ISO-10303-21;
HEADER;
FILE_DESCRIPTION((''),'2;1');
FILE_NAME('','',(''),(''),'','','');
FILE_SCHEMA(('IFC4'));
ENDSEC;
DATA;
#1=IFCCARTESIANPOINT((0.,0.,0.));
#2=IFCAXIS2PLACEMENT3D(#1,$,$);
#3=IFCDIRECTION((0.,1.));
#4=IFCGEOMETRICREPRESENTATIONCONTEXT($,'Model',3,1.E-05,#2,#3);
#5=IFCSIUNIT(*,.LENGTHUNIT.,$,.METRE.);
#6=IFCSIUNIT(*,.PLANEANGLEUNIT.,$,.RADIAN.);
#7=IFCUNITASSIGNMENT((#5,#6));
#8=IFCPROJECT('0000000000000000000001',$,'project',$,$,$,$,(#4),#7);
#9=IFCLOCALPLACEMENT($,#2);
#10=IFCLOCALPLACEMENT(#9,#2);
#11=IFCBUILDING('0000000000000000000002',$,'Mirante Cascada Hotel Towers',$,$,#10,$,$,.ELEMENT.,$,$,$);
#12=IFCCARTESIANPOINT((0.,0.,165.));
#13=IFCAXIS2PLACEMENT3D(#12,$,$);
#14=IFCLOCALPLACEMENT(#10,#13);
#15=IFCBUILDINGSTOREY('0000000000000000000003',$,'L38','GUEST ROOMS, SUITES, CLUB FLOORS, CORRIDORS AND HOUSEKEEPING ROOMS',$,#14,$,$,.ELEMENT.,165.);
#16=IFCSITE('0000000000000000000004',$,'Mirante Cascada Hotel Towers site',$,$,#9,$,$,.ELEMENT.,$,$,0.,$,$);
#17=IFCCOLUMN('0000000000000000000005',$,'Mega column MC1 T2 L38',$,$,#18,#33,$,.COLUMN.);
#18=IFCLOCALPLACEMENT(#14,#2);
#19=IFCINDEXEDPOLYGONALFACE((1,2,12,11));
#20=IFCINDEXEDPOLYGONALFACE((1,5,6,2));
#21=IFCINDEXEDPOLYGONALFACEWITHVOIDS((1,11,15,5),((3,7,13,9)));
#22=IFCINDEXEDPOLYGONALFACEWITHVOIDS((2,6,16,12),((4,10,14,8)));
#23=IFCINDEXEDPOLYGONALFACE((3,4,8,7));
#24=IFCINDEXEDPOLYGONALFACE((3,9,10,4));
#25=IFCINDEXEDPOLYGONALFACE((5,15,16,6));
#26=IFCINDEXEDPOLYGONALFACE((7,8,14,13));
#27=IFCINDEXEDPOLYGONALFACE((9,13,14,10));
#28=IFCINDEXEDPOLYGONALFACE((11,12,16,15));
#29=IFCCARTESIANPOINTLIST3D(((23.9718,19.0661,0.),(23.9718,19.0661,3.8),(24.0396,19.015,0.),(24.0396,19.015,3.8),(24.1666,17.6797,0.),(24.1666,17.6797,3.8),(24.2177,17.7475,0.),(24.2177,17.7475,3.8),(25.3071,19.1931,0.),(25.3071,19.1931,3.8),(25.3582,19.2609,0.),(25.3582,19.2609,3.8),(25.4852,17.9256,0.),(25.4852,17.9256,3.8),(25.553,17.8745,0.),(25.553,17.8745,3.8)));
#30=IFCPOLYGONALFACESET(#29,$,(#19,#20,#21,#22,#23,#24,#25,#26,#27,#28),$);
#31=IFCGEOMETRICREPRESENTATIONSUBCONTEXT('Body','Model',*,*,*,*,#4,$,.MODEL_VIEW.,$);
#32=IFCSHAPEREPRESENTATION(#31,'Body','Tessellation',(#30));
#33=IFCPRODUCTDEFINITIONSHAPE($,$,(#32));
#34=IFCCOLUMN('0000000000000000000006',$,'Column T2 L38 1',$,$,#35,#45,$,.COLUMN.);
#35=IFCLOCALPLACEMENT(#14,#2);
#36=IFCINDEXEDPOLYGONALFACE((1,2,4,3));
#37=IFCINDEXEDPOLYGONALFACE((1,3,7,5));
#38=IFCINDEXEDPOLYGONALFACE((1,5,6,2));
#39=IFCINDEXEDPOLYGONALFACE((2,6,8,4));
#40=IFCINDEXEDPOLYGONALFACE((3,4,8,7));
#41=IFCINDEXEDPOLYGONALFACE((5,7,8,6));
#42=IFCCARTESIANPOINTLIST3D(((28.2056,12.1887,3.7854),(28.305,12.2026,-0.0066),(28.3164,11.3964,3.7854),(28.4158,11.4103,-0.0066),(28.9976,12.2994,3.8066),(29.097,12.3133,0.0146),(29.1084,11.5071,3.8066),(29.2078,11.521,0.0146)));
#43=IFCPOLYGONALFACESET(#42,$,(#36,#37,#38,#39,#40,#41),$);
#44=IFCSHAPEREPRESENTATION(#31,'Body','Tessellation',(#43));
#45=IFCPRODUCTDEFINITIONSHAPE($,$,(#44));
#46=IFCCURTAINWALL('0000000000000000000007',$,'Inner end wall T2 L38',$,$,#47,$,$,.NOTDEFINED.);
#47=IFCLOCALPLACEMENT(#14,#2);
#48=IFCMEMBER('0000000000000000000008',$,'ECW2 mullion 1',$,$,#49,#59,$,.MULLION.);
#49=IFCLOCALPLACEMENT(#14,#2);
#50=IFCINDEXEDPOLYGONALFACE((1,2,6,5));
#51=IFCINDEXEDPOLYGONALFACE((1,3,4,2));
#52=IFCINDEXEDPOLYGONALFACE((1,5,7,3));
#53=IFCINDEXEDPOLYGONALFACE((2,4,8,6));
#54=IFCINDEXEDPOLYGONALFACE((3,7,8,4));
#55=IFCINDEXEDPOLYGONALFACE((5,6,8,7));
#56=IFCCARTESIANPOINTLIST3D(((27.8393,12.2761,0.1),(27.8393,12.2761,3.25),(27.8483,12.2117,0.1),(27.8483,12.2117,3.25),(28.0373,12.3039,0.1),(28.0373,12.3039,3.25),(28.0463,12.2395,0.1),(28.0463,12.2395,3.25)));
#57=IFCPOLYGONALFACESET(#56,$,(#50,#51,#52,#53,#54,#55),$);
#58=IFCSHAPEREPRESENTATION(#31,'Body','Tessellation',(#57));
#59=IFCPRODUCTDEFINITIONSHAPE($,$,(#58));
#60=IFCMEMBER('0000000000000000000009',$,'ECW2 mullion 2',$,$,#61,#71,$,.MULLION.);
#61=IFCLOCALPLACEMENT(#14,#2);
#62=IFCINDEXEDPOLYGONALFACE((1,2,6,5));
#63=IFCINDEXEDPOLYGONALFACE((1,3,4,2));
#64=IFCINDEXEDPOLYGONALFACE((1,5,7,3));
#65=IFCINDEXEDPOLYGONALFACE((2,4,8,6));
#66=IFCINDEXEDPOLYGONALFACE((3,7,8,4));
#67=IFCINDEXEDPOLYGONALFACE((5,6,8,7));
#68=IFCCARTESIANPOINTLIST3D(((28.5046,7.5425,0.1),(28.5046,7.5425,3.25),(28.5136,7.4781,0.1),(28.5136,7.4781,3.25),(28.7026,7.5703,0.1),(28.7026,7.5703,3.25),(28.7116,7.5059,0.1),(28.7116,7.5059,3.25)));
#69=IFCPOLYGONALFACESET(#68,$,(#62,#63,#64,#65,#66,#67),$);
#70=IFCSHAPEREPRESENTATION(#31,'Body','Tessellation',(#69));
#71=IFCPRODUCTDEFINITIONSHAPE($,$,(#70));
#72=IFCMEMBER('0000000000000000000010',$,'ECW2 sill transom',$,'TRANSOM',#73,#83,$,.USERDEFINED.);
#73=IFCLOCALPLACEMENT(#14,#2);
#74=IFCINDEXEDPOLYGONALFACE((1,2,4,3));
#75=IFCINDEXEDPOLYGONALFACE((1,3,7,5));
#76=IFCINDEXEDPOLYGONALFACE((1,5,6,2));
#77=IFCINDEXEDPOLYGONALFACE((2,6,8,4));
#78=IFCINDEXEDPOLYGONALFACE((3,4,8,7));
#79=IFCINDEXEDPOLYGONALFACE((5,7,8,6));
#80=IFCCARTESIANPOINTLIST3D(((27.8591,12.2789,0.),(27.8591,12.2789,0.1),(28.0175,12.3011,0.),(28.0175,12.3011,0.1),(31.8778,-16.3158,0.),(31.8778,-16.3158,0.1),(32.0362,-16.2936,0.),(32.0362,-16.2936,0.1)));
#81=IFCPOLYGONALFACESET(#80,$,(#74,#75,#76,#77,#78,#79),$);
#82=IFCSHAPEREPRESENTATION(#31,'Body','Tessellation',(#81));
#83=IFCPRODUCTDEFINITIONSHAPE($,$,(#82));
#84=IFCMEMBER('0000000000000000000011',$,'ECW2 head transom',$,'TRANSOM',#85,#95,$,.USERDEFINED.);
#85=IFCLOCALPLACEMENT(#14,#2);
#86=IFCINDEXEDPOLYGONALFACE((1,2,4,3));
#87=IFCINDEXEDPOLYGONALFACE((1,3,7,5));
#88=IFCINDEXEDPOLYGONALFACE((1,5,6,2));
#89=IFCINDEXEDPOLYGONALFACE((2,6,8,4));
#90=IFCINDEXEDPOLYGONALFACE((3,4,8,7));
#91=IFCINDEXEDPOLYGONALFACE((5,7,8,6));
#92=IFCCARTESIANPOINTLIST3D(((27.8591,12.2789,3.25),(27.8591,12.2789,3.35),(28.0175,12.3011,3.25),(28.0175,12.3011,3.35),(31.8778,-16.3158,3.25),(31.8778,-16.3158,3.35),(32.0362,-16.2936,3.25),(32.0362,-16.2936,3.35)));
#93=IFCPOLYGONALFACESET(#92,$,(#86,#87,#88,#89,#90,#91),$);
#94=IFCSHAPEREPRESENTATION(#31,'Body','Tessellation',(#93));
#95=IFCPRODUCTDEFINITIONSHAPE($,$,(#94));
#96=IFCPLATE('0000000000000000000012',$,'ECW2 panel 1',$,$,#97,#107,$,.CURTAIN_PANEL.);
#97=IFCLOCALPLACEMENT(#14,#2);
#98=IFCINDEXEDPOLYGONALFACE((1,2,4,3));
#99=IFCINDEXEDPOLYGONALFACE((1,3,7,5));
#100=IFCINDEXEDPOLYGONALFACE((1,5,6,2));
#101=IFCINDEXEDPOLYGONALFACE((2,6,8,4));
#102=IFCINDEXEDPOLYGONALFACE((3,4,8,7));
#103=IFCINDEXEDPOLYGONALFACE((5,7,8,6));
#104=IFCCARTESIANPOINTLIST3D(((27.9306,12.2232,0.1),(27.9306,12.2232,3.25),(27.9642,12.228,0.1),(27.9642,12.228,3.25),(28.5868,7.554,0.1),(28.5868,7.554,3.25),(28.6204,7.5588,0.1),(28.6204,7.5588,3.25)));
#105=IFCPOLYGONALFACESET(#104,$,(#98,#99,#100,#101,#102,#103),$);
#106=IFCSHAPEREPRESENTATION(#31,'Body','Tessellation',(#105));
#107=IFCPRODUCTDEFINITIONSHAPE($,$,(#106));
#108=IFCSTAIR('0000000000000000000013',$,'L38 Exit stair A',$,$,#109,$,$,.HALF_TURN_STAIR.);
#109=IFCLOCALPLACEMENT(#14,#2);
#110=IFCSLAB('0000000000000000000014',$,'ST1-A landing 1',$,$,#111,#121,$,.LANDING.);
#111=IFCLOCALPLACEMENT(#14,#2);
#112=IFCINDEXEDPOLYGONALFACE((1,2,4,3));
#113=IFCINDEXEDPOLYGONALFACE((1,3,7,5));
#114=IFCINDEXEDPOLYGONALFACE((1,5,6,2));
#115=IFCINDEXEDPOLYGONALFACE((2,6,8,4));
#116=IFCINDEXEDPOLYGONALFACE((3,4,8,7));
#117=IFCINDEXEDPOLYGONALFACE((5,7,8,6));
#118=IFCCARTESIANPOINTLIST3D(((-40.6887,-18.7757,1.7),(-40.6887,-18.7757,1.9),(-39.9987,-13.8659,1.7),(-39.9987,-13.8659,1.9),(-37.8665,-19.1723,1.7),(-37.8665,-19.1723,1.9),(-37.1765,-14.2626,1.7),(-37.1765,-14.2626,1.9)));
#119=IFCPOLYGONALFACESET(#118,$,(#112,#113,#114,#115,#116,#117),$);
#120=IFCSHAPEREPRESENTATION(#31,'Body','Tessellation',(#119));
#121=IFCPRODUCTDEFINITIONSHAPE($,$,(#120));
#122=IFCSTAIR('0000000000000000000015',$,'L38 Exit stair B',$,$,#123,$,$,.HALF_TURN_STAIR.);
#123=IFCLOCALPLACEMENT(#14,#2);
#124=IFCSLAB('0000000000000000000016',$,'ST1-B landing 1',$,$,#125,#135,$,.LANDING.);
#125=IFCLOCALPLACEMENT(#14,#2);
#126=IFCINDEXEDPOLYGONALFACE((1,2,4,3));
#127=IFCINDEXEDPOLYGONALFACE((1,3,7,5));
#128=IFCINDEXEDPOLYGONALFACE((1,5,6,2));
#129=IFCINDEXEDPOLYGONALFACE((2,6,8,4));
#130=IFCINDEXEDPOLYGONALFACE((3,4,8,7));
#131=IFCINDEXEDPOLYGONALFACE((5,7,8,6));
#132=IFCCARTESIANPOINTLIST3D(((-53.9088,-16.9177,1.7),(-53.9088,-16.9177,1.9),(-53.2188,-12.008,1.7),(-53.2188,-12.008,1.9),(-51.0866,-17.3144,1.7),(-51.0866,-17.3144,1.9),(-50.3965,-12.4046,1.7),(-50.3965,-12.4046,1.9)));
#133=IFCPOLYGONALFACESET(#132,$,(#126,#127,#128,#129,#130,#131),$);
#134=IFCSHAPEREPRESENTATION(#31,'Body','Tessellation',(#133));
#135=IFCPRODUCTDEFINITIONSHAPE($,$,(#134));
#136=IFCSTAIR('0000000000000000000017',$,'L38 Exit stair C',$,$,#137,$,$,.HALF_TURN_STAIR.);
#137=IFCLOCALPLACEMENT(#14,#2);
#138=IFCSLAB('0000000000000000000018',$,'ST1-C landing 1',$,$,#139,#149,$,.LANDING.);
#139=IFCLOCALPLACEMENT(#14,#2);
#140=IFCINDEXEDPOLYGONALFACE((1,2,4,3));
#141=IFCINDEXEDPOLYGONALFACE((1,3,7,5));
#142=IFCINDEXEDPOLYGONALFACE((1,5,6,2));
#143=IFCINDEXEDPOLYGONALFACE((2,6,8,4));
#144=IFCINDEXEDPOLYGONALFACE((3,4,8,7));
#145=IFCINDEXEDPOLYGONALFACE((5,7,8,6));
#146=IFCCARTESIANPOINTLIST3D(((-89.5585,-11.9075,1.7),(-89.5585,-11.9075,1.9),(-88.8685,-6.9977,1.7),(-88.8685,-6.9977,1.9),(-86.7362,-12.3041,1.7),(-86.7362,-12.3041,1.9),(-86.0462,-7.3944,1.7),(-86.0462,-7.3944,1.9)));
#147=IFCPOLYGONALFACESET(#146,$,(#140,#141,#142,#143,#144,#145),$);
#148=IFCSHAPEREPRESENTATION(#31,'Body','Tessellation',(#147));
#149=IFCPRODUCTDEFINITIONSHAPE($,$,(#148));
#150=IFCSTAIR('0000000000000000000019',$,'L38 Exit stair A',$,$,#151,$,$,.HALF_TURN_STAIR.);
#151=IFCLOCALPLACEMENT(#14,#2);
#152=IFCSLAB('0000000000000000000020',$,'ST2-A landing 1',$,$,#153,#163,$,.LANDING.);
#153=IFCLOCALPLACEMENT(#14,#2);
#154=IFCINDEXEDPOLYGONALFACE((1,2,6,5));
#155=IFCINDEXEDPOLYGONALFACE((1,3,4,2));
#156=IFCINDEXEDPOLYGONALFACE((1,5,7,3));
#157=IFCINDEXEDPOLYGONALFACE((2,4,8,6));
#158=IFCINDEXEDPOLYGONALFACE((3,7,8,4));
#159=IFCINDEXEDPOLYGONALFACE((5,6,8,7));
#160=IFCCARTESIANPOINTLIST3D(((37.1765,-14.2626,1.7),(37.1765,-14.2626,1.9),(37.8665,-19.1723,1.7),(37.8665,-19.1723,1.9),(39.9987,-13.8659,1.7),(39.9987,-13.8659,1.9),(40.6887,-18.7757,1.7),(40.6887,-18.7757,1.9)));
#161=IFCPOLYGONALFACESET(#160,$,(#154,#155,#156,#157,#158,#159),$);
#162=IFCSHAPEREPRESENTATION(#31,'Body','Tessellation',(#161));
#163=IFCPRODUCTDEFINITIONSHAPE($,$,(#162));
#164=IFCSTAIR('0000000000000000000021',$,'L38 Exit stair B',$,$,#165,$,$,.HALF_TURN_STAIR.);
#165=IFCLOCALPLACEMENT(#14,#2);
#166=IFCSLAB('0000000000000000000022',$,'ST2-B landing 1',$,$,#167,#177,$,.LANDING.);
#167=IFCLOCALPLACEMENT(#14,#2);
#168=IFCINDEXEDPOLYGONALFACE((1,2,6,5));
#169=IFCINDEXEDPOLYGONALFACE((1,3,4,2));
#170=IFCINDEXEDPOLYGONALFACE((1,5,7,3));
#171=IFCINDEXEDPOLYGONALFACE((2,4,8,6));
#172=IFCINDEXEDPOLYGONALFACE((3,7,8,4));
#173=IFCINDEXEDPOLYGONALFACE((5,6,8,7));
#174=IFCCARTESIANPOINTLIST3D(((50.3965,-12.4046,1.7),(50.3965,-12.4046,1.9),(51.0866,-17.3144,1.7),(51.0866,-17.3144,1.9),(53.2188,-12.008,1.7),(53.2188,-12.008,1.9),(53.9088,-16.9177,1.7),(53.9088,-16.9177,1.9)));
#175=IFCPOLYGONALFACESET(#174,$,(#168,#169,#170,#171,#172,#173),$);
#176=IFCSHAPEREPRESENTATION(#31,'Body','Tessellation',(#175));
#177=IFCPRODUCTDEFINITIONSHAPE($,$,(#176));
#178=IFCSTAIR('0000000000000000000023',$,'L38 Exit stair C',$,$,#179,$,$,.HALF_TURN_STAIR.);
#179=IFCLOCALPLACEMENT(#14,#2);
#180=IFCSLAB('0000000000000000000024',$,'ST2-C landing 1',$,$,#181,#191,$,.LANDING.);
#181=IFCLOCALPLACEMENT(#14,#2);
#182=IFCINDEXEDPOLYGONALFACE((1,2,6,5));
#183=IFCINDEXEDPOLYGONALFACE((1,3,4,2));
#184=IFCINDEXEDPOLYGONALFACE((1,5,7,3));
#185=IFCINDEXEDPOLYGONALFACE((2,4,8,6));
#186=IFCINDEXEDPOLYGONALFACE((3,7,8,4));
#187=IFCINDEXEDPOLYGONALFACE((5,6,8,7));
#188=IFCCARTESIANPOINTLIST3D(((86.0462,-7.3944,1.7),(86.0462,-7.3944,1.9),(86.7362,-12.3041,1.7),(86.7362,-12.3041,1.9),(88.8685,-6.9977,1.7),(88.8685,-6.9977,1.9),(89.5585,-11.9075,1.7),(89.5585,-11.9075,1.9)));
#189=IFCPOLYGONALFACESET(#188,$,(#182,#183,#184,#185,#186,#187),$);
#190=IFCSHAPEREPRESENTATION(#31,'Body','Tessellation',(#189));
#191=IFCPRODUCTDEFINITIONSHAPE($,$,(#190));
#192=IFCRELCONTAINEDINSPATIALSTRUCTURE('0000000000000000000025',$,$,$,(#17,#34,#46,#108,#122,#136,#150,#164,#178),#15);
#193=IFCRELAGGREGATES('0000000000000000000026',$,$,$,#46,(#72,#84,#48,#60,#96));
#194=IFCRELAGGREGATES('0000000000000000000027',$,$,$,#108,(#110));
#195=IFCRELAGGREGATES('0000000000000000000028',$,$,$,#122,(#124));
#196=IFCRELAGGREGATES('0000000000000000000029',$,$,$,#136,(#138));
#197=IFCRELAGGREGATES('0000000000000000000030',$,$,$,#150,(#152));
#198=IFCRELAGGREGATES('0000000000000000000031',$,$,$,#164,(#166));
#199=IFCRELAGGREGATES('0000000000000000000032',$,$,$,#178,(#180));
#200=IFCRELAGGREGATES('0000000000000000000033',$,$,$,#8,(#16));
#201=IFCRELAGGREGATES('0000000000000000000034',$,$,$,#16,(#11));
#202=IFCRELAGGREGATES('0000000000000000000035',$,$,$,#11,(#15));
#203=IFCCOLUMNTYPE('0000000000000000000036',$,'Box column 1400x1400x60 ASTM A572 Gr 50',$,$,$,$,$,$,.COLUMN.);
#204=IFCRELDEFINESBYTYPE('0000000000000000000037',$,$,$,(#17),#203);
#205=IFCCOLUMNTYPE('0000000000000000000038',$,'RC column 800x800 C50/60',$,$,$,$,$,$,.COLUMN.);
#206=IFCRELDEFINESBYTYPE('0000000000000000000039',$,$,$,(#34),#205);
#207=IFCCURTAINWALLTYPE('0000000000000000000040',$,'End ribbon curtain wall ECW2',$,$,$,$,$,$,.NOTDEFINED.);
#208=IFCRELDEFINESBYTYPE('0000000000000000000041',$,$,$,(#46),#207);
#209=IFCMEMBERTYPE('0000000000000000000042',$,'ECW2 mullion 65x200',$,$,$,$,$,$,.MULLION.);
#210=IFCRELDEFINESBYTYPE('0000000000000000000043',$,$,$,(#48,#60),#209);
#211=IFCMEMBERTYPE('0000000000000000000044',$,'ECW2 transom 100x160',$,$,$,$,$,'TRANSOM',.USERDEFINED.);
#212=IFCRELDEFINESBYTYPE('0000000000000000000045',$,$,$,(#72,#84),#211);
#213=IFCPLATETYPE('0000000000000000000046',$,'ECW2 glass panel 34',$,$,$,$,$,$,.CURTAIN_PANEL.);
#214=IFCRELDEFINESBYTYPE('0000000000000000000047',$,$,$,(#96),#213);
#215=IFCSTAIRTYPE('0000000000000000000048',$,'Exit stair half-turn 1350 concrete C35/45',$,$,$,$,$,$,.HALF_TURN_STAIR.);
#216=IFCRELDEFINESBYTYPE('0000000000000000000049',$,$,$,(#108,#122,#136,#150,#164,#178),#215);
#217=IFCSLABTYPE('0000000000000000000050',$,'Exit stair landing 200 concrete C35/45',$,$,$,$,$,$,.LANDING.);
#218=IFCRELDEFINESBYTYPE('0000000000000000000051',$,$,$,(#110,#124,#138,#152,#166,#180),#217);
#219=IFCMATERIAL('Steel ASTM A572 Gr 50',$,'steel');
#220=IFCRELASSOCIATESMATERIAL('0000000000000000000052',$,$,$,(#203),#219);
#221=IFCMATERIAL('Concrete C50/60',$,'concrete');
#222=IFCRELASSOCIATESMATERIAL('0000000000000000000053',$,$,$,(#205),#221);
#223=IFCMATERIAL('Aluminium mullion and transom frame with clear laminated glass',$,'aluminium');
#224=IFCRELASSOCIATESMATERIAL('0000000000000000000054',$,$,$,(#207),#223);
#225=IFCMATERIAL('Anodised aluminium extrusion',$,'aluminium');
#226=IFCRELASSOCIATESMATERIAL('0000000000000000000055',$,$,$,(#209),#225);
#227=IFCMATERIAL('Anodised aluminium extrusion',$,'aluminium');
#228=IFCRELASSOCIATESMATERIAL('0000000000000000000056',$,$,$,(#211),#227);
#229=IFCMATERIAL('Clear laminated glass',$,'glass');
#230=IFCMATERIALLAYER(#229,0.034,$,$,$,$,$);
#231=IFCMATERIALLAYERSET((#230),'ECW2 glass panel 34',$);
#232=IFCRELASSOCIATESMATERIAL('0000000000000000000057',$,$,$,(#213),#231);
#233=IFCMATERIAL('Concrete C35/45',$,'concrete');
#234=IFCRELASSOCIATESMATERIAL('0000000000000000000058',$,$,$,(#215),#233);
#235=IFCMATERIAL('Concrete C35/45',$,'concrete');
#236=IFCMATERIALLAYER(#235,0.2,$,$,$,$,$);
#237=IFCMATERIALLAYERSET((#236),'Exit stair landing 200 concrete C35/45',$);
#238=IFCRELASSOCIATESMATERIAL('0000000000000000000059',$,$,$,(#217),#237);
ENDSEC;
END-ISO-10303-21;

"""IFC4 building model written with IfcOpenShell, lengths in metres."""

from ifc_helpers import new_model, si_unit, direction, frame, origin, origin_2d, place, context, subcontext, project, spatial, polyline, rectangle, hollow_rectangle, outline, extrude, material, layer, layer_set, material_profile, profile_set, type_object, element, aggregate, save


model = new_model("IFC4")

# Units and contexts
model_context = context("Model", 3, precision=1e-05, world=origin(), true_north=direction((0.0, 1.0)))
body_context = subcontext(model_context, "Body", "Model", "MODEL_VIEW")
ifc_project = project(units=[si_unit("LENGTHUNIT", "METRE"), si_unit("PLANEANGLEUNIT", "RADIAN")], contexts=[model_context])

# Site, building, storey
site_placement = place(None, origin())
site = spatial("IfcSite", under=ifc_project, at=site_placement, Name="Mirante Cascada Hotel Towers site", CompositionType="ELEMENT", RefElevation=0.0)
building_placement = place(site_placement, origin())
building = spatial("IfcBuilding", under=site, at=building_placement, Name="Mirante Cascada Hotel Towers", CompositionType="ELEMENT")
storey_placement = place(building_placement, frame((0.0, 0.0, 165.0)))
storey = spatial("IfcBuildingStorey", under=building, at=storey_placement, Name="L38", Description="GUEST ROOMS, SUITES, CLUB FLOORS, CORRIDORS AND HOUSEKEEPING ROOMS", CompositionType="ELEMENT", Elevation=165.0)

# Columns
ifc_material_1 = material(Name="Steel ASTM A572 Gr 50", Category="steel")
ifc_material_profile_1 = material_profile(ifc_material_1, hollow_rectangle(XDim=1.4, YDim=1.4, WallThickness=0.06, at=origin_2d()), Name="Box column 1400x1400x60 ASTM A572 Gr 50")
ifc_profile_set_1 = profile_set([ifc_material_profile_1], Name="Steel ASTM A572 Gr 50")
column_type_1 = type_object("IfcColumnType", Name="Box column 1400x1400x60 ASTM A572 Gr 50", PredefinedType="COLUMN", material=ifc_profile_set_1)
column_1_placement = place(storey_placement, frame((24.7624, 18.4703, 0.0), z_axis=(0.0, 0.0, 1.0), x_axis=(0.990268, 0.139173, 0.0)))
element("IfcColumn", 1, at=column_1_placement, inside=storey, type_object=column_type_1, Name="Mega column MC1 T2 L38", PredefinedType="COLUMN", context=body_context, shape_type="SweptSolid", body=[
    extrude(hollow_rectangle(XDim=1.4, YDim=1.4, WallThickness=0.06, at=origin_2d()), origin(), (0.0, 0.0, 1.0), 3.8),
])
ifc_material_2 = material(Name="Concrete C50/60", Category="concrete")
ifc_material_profile_2 = material_profile(ifc_material_2, rectangle(XDim=0.8, YDim=0.8, at=origin_2d()), Name="RC column 800x800 C50/60")
ifc_profile_set_2 = profile_set([ifc_material_profile_2], Name="Concrete C50/60")
column_type_2 = type_object("IfcColumnType", Name="RC column 800x800 C50/60", PredefinedType="COLUMN", material=ifc_profile_set_2)
column_2_placement = place(storey_placement, frame((28.7564, 11.8618, 0.004), z_axis=(-0.026204, -0.003664, 0.99965), x_axis=(0.138491, -0.990364, 0.0)))
element("IfcColumn", 2, at=column_2_placement, inside=storey, type_object=column_type_2, Name="Column T2 L38 1", PredefinedType="COLUMN", context=body_context, shape_type="SweptSolid", body=[
    extrude(rectangle(XDim=0.8, YDim=0.8, at=origin_2d()), origin(), (0.0, 0.0, 1.0), 3.7933),
])

# Curtain wall, members, plate
ifc_material_3 = material(Name="Aluminium mullion and transom frame with clear laminated glass", Category="aluminium")
curtain_wall_type = type_object("IfcCurtainWallType", Name="End ribbon curtain wall ECW2", PredefinedType="NOTDEFINED", material=ifc_material_3)
curtain_wall_placement = place(storey_placement, origin())
curtain_wall = element("IfcCurtainWall", 3, at=curtain_wall_placement, inside=storey, type_object=curtain_wall_type, Name="Inner end wall T2 L38", PredefinedType="NOTDEFINED")
ifc_material_4 = material(Name="Anodised aluminium extrusion", Category="aluminium")
ifc_material_profile_3 = material_profile(ifc_material_4, rectangle(XDim=0.2, YDim=0.065, at=origin_2d()), Name="ECW2 MULLION 65x200")
ifc_profile_set_3 = profile_set([ifc_material_profile_3], Name="Anodised aluminium extrusion")
member_type_1 = type_object("IfcMemberType", Name="ECW2 mullion 65x200", PredefinedType="MULLION", material=ifc_profile_set_3)
member_1_placement = place(storey_placement, frame((27.9428, 12.2578, 0.1), z_axis=(0.0, 0.0, 1.0), x_axis=(0.990268, 0.139173, 0.0)))
member_1 = element("IfcMember", 4, at=member_1_placement, type_object=member_type_1, Name="ECW2 mullion 1", PredefinedType="MULLION", context=body_context, shape_type="SweptSolid", body=[
    extrude(rectangle(XDim=0.2, YDim=0.065, at=origin_2d()), origin(), (0.0, 0.0, 1.0), 3.15),
])
member_2_placement = place(storey_placement, frame((28.6081, 7.5242, 0.1), z_axis=(0.0, 0.0, 1.0), x_axis=(0.990268, 0.139173, 0.0)))
member_2 = element("IfcMember", 5, at=member_2_placement, type_object=member_type_1, Name="ECW2 mullion 2", PredefinedType="MULLION", context=body_context, shape_type="SweptSolid", body=[
    extrude(rectangle(XDim=0.2, YDim=0.065, at=origin_2d()), origin(), (0.0, 0.0, 1.0), 3.15),
])
ifc_material_5 = material(Name="Anodised aluminium extrusion", Category="aluminium")
ifc_material_profile_4 = material_profile(ifc_material_5, rectangle(XDim=0.16, YDim=0.1, at=origin_2d()), Name="ECW2 TRANSOM 100x160")
ifc_profile_set_4 = profile_set([ifc_material_profile_4], Name="Anodised aluminium extrusion")
member_type_2 = type_object("IfcMemberType", Name="ECW2 transom 100x160", ElementType="TRANSOM", PredefinedType="USERDEFINED", material=ifc_profile_set_4)
member_3_placement = place(storey_placement, frame((27.9383, 12.29, 0.05), z_axis=(0.139172, -0.990268, 0.0), x_axis=(0.990268, 0.139172, 0.0)))
member_3 = element("IfcMember", 6, at=member_3_placement, type_object=member_type_2, Name="ECW2 sill transom", ObjectType="TRANSOM", PredefinedType="USERDEFINED", context=body_context, shape_type="SweptSolid", body=[
    extrude(rectangle(XDim=0.16, YDim=0.1, at=origin_2d()), origin(), (0.0, 0.0, 1.0), 28.8757),
])
member_4_placement = place(storey_placement, frame((27.9383, 12.29, 3.3), z_axis=(0.139172, -0.990268, 0.0), x_axis=(0.990268, 0.139172, 0.0)))
member_4 = element("IfcMember", 7, at=member_4_placement, type_object=member_type_2, Name="ECW2 head transom", ObjectType="TRANSOM", PredefinedType="USERDEFINED", context=body_context, shape_type="SweptSolid", body=[
    extrude(rectangle(XDim=0.16, YDim=0.1, at=origin_2d()), origin(), (0.0, 0.0, 1.0), 28.8757),
])
ifc_material_6 = material(Name="Clear laminated glass", Category="glass")
ifc_layer_1 = layer(ifc_material_6, 0.034)
ifc_layer_set_1 = layer_set([ifc_layer_1], Name="ECW2 glass panel 34")
plate_type = type_object("IfcPlateType", Name="ECW2 glass panel 34", PredefinedType="CURTAIN_PANEL", material=ifc_layer_set_1)
plate_placement = place(storey_placement, frame((28.2755, 9.891, 0.1), z_axis=(0.0, 0.0, 1.0), x_axis=(0.139173, -0.990268, 0.0)))
plate = element("IfcPlate", 8, at=plate_placement, type_object=plate_type, Name="ECW2 panel 1", PredefinedType="CURTAIN_PANEL", context=body_context, shape_type="SweptSolid", body=[
    extrude(rectangle(XDim=4.7151, YDim=0.034, at=origin_2d()), origin(), (0.0, 0.0, 1.0), 3.15),
])
aggregate(curtain_wall, [member_3, member_4, member_1, member_2, plate])

# Stairs, slabs
ifc_material_7 = material(Name="Concrete C35/45", Category="concrete")
stair_type = type_object("IfcStairType", Name="Exit stair half-turn 1350 concrete C35/45", PredefinedType="HALF_TURN_STAIR", material=ifc_material_7)
stair_1_placement = place(storey_placement, origin())
stair_1 = element("IfcStair", 9, at=stair_1_placement, inside=storey, type_object=stair_type, Name="L38 Exit stair A", PredefinedType="HALF_TURN_STAIR")
ifc_material_8 = material(Name="Concrete C35/45", Category="concrete")
ifc_layer_2 = layer(ifc_material_8, 0.2)
ifc_layer_set_2 = layer_set([ifc_layer_2], Name="Exit stair landing 200 concrete C35/45")
slab_type = type_object("IfcSlabType", Name="Exit stair landing 200 concrete C35/45", PredefinedType="LANDING", material=ifc_layer_set_2)
slab_1_placement = place(storey_placement, frame((0.0, 0.0, 1.7)))
slab_1 = element("IfcSlab", 10, at=slab_1_placement, type_object=slab_type, Name="ST1-A landing 1", PredefinedType="LANDING", context=body_context, shape_type="SweptSolid", body=[
    extrude(outline(polyline([(-39.9987, -13.8659), (-40.6887, -18.7757), (-37.8665, -19.1723), (-37.1765, -14.2626), (-39.9987, -13.8659)])), origin(), (0.0, 0.0, 1.0), 0.2),
])
aggregate(stair_1, [slab_1])
stair_2_placement = place(storey_placement, origin())
stair_2 = element("IfcStair", 11, at=stair_2_placement, inside=storey, type_object=stair_type, Name="L38 Exit stair B", PredefinedType="HALF_TURN_STAIR")
slab_2_placement = place(storey_placement, frame((0.0, 0.0, 1.7)))
slab_2 = element("IfcSlab", 12, at=slab_2_placement, type_object=slab_type, Name="ST1-B landing 1", PredefinedType="LANDING", context=body_context, shape_type="SweptSolid", body=[
    extrude(outline(polyline([(-53.2188, -12.008), (-53.9088, -16.9177), (-51.0866, -17.3144), (-50.3965, -12.4046), (-53.2188, -12.008)])), origin(), (0.0, 0.0, 1.0), 0.2),
])
aggregate(stair_2, [slab_2])
stair_3_placement = place(storey_placement, origin())
stair_3 = element("IfcStair", 13, at=stair_3_placement, inside=storey, type_object=stair_type, Name="L38 Exit stair C", PredefinedType="HALF_TURN_STAIR")
slab_3_placement = place(storey_placement, frame((0.0, 0.0, 1.7)))
slab_3 = element("IfcSlab", 14, at=slab_3_placement, type_object=slab_type, Name="ST1-C landing 1", PredefinedType="LANDING", context=body_context, shape_type="SweptSolid", body=[
    extrude(outline(polyline([(-88.8685, -6.9977), (-89.5585, -11.9075), (-86.7362, -12.3041), (-86.0462, -7.3944), (-88.8685, -6.9977)])), origin(), (0.0, 0.0, 1.0), 0.2),
])
aggregate(stair_3, [slab_3])
stair_4_placement = place(storey_placement, origin())
stair_4 = element("IfcStair", 15, at=stair_4_placement, inside=storey, type_object=stair_type, Name="L38 Exit stair A", PredefinedType="HALF_TURN_STAIR")
slab_4_placement = place(storey_placement, frame((0.0, 0.0, 1.7)))
slab_4 = element("IfcSlab", 16, at=slab_4_placement, type_object=slab_type, Name="ST2-A landing 1", PredefinedType="LANDING", context=body_context, shape_type="SweptSolid", body=[
    extrude(outline(polyline([(37.1765, -14.2626), (37.8665, -19.1723), (40.6887, -18.7757), (39.9987, -13.8659), (37.1765, -14.2626)])), origin(), (0.0, 0.0, 1.0), 0.2),
])
aggregate(stair_4, [slab_4])
stair_5_placement = place(storey_placement, origin())
stair_5 = element("IfcStair", 17, at=stair_5_placement, inside=storey, type_object=stair_type, Name="L38 Exit stair B", PredefinedType="HALF_TURN_STAIR")
slab_5_placement = place(storey_placement, frame((0.0, 0.0, 1.7)))
slab_5 = element("IfcSlab", 18, at=slab_5_placement, type_object=slab_type, Name="ST2-B landing 1", PredefinedType="LANDING", context=body_context, shape_type="SweptSolid", body=[
    extrude(outline(polyline([(50.3965, -12.4046), (51.0866, -17.3144), (53.9088, -16.9177), (53.2188, -12.008), (50.3965, -12.4046)])), origin(), (0.0, 0.0, 1.0), 0.2),
])
aggregate(stair_5, [slab_5])
stair_6_placement = place(storey_placement, origin())
stair_6 = element("IfcStair", 19, at=stair_6_placement, inside=storey, type_object=stair_type, Name="L38 Exit stair C", PredefinedType="HALF_TURN_STAIR")
slab_6_placement = place(storey_placement, frame((0.0, 0.0, 1.7)))
slab_6 = element("IfcSlab", 20, at=slab_6_placement, type_object=slab_type, Name="ST2-C landing 1", PredefinedType="LANDING", context=body_context, shape_type="SweptSolid", body=[
    extrude(outline(polyline([(86.0462, -7.3944), (86.7362, -12.3041), (89.5585, -11.9075), (88.8685, -6.9977), (86.0462, -7.3944)])), origin(), (0.0, 0.0, 1.0), 0.2),
])
aggregate(stair_6, [slab_6])

save(model, "model.ifc")
